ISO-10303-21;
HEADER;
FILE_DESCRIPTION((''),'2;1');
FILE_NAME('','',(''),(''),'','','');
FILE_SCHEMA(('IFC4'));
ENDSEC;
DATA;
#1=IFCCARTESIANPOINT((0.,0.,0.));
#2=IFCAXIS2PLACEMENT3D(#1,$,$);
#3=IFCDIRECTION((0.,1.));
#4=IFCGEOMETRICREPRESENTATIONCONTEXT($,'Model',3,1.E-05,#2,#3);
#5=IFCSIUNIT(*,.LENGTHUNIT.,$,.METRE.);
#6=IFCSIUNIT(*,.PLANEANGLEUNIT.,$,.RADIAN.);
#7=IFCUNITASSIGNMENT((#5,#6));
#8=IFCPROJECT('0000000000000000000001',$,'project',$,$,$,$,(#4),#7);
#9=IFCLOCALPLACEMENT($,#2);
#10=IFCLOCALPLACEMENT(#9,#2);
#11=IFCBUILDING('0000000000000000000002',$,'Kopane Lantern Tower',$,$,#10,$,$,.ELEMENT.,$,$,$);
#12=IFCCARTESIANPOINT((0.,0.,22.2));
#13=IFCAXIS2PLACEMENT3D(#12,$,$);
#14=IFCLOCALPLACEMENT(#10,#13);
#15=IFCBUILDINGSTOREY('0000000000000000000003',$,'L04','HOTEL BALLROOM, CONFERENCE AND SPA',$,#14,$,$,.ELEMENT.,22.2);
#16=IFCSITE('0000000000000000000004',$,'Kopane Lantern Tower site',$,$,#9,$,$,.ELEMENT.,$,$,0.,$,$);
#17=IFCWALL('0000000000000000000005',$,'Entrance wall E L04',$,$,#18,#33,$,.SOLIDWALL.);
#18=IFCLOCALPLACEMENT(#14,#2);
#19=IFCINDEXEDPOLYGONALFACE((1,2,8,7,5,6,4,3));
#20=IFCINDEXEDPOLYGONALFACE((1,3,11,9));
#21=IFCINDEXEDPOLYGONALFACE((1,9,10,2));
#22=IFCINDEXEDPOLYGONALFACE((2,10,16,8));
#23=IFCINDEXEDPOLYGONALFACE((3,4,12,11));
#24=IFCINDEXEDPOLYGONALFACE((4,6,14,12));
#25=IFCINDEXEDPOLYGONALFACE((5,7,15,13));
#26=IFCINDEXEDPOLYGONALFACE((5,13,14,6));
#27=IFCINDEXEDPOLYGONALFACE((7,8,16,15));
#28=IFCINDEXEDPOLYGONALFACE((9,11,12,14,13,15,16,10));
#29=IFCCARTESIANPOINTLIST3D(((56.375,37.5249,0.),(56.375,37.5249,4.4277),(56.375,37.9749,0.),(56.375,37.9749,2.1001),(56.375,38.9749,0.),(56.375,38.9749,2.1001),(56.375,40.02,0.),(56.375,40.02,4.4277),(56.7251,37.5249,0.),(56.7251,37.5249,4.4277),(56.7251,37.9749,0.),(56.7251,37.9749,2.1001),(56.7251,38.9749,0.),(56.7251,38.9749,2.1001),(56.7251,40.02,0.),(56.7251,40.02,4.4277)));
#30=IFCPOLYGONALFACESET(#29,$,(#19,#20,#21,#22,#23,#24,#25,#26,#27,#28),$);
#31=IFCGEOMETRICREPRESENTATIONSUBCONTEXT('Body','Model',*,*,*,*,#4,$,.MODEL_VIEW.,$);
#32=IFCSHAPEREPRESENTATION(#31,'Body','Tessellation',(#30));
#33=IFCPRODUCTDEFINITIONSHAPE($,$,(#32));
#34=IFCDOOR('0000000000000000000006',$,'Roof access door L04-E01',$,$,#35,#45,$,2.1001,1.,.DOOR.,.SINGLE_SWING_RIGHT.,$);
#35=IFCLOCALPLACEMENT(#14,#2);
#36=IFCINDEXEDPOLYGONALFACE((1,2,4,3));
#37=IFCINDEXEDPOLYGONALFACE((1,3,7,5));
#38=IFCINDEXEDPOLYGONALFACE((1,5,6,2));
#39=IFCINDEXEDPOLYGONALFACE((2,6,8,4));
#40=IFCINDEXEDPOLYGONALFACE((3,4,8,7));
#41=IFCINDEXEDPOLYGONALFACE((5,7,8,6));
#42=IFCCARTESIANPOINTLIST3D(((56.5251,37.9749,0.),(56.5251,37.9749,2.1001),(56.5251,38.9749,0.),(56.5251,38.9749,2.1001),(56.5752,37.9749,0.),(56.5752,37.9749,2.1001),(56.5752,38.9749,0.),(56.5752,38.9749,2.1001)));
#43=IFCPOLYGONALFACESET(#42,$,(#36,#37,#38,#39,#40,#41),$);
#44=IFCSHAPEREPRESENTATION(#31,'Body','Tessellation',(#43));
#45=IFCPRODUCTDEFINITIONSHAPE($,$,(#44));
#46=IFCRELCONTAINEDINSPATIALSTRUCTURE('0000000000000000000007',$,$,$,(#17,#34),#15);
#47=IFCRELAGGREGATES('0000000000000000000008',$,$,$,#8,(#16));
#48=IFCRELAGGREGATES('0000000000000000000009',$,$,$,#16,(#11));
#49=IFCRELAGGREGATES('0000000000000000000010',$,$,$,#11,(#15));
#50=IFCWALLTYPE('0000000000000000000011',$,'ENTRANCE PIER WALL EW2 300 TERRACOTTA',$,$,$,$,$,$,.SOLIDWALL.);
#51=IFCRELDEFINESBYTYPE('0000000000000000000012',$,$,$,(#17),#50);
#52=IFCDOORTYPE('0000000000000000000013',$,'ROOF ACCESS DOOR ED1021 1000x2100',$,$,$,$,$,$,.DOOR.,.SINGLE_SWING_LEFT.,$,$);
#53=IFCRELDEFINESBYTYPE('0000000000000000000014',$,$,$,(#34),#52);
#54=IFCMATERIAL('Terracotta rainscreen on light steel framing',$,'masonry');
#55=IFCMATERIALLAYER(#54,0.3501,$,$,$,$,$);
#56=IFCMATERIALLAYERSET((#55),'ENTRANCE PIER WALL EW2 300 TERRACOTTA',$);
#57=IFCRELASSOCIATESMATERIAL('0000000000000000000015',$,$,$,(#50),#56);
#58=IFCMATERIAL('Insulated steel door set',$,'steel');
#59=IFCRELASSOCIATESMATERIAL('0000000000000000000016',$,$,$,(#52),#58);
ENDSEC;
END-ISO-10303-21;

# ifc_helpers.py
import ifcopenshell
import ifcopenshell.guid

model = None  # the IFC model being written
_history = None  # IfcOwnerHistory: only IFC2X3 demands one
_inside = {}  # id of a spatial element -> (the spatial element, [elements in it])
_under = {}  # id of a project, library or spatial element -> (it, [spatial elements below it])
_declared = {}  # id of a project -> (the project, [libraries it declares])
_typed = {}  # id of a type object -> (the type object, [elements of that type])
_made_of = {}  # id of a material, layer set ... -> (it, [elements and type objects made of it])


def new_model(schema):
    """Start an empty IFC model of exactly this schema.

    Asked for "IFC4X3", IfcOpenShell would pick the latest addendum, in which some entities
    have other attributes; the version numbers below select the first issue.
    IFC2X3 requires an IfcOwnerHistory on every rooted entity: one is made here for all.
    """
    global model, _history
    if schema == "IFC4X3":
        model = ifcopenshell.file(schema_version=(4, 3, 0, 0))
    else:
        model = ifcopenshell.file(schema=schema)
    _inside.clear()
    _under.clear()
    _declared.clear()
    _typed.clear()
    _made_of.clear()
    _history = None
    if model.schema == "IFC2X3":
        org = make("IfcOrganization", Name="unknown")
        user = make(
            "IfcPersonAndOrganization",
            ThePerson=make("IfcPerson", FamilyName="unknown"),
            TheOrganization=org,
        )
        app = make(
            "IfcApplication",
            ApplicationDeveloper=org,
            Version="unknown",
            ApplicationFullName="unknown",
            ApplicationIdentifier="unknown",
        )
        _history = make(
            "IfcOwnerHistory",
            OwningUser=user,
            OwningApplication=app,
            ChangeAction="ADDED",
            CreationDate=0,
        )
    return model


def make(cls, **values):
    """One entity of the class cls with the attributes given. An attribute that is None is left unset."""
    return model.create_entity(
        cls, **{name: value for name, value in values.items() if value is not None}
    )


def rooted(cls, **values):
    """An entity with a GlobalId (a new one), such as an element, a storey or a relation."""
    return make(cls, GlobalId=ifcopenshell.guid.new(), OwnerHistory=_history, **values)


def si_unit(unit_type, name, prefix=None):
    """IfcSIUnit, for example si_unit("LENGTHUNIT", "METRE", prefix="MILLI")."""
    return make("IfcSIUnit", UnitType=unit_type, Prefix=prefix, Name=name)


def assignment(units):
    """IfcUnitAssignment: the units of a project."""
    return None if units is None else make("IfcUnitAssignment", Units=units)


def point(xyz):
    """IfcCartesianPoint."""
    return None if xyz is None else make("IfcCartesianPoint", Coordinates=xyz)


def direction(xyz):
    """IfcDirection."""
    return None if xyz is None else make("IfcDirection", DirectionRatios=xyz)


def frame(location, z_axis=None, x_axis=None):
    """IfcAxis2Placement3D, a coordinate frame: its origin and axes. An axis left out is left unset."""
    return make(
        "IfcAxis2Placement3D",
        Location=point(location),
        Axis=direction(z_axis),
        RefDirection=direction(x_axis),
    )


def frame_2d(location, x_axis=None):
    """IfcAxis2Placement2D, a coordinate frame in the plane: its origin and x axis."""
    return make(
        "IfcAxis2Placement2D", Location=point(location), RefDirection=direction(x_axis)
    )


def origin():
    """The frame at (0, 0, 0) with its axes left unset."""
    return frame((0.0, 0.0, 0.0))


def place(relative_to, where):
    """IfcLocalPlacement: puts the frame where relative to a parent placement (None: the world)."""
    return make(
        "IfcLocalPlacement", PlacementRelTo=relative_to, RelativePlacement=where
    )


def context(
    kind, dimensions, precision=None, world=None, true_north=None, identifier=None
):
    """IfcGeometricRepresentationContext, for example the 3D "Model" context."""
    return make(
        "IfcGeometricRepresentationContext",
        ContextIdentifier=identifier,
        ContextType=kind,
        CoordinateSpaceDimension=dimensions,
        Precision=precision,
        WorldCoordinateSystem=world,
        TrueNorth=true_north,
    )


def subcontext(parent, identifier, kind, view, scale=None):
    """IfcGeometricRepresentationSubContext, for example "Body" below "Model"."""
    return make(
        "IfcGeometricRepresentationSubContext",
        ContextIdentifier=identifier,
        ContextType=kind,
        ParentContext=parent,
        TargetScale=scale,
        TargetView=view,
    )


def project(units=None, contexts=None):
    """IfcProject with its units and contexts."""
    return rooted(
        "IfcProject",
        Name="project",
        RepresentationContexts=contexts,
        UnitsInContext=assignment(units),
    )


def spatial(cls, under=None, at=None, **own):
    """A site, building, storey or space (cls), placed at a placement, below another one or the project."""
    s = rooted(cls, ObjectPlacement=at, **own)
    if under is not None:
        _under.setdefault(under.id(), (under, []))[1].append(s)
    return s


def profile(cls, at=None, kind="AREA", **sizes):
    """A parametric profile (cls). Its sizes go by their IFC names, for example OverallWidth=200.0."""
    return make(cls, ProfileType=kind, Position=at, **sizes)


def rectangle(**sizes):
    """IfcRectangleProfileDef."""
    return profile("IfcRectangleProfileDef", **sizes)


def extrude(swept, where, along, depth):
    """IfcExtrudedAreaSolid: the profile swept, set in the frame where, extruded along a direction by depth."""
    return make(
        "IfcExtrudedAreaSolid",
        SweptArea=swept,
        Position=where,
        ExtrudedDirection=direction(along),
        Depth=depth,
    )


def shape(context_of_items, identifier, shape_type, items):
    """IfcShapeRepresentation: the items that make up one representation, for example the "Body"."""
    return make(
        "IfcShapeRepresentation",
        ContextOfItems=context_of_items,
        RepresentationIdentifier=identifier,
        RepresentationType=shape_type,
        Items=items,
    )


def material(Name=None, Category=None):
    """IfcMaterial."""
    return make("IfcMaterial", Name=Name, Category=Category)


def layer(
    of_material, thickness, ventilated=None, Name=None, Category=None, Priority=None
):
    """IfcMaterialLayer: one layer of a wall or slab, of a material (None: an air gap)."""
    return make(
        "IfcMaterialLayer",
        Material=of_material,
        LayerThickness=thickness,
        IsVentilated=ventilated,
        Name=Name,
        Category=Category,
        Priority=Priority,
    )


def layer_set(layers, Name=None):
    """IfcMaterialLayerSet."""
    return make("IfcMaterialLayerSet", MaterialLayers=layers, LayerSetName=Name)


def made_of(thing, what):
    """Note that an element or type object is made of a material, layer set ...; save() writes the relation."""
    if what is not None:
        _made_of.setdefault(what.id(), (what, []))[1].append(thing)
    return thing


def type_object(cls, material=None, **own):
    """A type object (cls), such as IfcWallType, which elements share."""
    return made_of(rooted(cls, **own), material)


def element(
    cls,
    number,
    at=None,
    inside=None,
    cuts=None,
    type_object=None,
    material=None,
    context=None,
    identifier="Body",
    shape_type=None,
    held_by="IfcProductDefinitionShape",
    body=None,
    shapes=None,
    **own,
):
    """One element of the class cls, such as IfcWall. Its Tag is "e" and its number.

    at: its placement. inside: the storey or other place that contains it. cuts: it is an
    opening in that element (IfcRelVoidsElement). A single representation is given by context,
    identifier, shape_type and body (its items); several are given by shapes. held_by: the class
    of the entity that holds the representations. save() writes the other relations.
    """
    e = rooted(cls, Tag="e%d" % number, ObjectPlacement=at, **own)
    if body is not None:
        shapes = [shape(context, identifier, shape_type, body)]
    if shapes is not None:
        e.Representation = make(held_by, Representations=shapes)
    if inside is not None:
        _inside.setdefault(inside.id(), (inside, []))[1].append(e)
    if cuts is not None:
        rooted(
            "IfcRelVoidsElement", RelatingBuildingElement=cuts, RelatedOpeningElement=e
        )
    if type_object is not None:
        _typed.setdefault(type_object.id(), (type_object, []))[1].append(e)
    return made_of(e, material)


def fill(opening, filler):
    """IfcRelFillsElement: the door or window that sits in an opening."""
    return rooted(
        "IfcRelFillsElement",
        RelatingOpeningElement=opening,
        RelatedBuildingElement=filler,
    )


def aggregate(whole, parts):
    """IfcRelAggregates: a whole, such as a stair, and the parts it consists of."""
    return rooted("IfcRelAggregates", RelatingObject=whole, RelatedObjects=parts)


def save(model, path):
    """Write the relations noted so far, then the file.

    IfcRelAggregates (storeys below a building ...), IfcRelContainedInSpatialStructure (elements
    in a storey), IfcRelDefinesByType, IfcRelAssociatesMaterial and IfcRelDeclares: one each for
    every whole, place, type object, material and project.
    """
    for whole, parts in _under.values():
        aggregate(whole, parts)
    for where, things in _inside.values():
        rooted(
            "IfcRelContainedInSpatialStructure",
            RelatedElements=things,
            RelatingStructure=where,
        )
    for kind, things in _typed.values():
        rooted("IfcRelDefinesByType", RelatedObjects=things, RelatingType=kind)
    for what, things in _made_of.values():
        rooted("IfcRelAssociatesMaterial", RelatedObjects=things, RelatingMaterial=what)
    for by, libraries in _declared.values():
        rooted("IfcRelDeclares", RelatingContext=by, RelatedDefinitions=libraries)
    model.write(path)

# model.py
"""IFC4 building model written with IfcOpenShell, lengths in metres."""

from ifc_helpers import new_model, si_unit, direction, frame, frame_2d, origin, place, context, subcontext, project, spatial, rectangle, extrude, material, layer, layer_set, type_object, element, fill, save


model = new_model("IFC4")

# Units and contexts
model_context = context("Model", 3, precision=1e-05, world=origin(), true_north=direction((0.0, 1.0)))
body_context = subcontext(model_context, "Body", "Model", "MODEL_VIEW")
ifc_project = project(units=[si_unit("LENGTHUNIT", "METRE"), si_unit("PLANEANGLEUNIT", "RADIAN")], contexts=[model_context])

# Site, building, storey
site_placement = place(None, origin())
site = spatial("IfcSite", under=ifc_project, at=site_placement, Name="Kopane Lantern Tower site", CompositionType="ELEMENT", RefElevation=0.0)
building_placement = place(site_placement, origin())
building = spatial("IfcBuilding", under=site, at=building_placement, Name="Kopane Lantern Tower", CompositionType="ELEMENT")
storey_placement = place(building_placement, frame((0.0, 0.0, 22.2)))
storey = spatial("IfcBuildingStorey", under=building, at=storey_placement, Name="L04", Description="HOTEL BALLROOM, CONFERENCE AND SPA", CompositionType="ELEMENT", Elevation=22.2)

# Wall, opening, door
ifc_material_1 = material(Name="Terracotta rainscreen on light steel framing", Category="masonry")
ifc_layer_1 = layer(ifc_material_1, 0.3501)
ifc_layer_set_1 = layer_set([ifc_layer_1], Name="ENTRANCE PIER WALL EW2 300 TERRACOTTA")
wall_type = type_object("IfcWallType", Name="ENTRANCE PIER WALL EW2 300 TERRACOTTA", PredefinedType="SOLIDWALL", material=ifc_layer_set_1)
wall_placement = place(storey_placement, frame((56.55, 37.5249, 0.0), z_axis=(0.0, 0.0, 1.0), x_axis=(0.0, 1.0, 0.0)))
wall = element("IfcWall", 1, at=wall_placement, inside=storey, type_object=wall_type, Name="Entrance wall E L04", PredefinedType="SOLIDWALL", context=body_context, shape_type="SweptSolid", body=[
    extrude(rectangle(XDim=2.4951, YDim=0.3501, at=frame_2d((1.2476, 0.0))), origin(), (0.0, 0.0, 1.0), 4.4277),
])
opening_placement = place(wall_placement, frame((0.45, 0.0, 0.0)))
opening = element("IfcOpeningElement", 2, at=opening_placement, cuts=wall, PredefinedType="OPENING", context=body_context, shape_type="SweptSolid", body=[
    extrude(rectangle(XDim=1.0, YDim=2.1001, at=frame_2d((0.5, 1.05))), frame((0.0, 0.1851, 0.0), z_axis=(0.0, -1.0, 0.0), x_axis=(1.0, 0.0, 0.0)), (0.0, 0.0, 1.0), 0.3701),
])
ifc_material_2 = material(Name="Insulated steel door set", Category="steel")
door_type = type_object("IfcDoorType", Name="ROOF ACCESS DOOR ED1021 1000x2100", OperationType="SINGLE_SWING_LEFT", PredefinedType="DOOR", material=ifc_material_2)
door_placement = place(opening_placement, origin())
door = element("IfcDoor", 3, at=door_placement, inside=storey, type_object=door_type, Name="Roof access door L04-E01", OperationType="SINGLE_SWING_RIGHT", OverallHeight=2.1001, OverallWidth=1.0, PredefinedType="DOOR", context=body_context, shape_type="SweptSolid", body=[
    extrude(rectangle(XDim=1.0, YDim=2.1001, at=frame_2d((0.5, 1.05))), frame((0.0, 0.0249, 0.0), z_axis=(0.0, -1.0, 0.0), x_axis=(1.0, 0.0, 0.0)), (0.0, 0.0, 1.0), 0.05),
])
fill(opening, door)

save(model, "model.ifc")
